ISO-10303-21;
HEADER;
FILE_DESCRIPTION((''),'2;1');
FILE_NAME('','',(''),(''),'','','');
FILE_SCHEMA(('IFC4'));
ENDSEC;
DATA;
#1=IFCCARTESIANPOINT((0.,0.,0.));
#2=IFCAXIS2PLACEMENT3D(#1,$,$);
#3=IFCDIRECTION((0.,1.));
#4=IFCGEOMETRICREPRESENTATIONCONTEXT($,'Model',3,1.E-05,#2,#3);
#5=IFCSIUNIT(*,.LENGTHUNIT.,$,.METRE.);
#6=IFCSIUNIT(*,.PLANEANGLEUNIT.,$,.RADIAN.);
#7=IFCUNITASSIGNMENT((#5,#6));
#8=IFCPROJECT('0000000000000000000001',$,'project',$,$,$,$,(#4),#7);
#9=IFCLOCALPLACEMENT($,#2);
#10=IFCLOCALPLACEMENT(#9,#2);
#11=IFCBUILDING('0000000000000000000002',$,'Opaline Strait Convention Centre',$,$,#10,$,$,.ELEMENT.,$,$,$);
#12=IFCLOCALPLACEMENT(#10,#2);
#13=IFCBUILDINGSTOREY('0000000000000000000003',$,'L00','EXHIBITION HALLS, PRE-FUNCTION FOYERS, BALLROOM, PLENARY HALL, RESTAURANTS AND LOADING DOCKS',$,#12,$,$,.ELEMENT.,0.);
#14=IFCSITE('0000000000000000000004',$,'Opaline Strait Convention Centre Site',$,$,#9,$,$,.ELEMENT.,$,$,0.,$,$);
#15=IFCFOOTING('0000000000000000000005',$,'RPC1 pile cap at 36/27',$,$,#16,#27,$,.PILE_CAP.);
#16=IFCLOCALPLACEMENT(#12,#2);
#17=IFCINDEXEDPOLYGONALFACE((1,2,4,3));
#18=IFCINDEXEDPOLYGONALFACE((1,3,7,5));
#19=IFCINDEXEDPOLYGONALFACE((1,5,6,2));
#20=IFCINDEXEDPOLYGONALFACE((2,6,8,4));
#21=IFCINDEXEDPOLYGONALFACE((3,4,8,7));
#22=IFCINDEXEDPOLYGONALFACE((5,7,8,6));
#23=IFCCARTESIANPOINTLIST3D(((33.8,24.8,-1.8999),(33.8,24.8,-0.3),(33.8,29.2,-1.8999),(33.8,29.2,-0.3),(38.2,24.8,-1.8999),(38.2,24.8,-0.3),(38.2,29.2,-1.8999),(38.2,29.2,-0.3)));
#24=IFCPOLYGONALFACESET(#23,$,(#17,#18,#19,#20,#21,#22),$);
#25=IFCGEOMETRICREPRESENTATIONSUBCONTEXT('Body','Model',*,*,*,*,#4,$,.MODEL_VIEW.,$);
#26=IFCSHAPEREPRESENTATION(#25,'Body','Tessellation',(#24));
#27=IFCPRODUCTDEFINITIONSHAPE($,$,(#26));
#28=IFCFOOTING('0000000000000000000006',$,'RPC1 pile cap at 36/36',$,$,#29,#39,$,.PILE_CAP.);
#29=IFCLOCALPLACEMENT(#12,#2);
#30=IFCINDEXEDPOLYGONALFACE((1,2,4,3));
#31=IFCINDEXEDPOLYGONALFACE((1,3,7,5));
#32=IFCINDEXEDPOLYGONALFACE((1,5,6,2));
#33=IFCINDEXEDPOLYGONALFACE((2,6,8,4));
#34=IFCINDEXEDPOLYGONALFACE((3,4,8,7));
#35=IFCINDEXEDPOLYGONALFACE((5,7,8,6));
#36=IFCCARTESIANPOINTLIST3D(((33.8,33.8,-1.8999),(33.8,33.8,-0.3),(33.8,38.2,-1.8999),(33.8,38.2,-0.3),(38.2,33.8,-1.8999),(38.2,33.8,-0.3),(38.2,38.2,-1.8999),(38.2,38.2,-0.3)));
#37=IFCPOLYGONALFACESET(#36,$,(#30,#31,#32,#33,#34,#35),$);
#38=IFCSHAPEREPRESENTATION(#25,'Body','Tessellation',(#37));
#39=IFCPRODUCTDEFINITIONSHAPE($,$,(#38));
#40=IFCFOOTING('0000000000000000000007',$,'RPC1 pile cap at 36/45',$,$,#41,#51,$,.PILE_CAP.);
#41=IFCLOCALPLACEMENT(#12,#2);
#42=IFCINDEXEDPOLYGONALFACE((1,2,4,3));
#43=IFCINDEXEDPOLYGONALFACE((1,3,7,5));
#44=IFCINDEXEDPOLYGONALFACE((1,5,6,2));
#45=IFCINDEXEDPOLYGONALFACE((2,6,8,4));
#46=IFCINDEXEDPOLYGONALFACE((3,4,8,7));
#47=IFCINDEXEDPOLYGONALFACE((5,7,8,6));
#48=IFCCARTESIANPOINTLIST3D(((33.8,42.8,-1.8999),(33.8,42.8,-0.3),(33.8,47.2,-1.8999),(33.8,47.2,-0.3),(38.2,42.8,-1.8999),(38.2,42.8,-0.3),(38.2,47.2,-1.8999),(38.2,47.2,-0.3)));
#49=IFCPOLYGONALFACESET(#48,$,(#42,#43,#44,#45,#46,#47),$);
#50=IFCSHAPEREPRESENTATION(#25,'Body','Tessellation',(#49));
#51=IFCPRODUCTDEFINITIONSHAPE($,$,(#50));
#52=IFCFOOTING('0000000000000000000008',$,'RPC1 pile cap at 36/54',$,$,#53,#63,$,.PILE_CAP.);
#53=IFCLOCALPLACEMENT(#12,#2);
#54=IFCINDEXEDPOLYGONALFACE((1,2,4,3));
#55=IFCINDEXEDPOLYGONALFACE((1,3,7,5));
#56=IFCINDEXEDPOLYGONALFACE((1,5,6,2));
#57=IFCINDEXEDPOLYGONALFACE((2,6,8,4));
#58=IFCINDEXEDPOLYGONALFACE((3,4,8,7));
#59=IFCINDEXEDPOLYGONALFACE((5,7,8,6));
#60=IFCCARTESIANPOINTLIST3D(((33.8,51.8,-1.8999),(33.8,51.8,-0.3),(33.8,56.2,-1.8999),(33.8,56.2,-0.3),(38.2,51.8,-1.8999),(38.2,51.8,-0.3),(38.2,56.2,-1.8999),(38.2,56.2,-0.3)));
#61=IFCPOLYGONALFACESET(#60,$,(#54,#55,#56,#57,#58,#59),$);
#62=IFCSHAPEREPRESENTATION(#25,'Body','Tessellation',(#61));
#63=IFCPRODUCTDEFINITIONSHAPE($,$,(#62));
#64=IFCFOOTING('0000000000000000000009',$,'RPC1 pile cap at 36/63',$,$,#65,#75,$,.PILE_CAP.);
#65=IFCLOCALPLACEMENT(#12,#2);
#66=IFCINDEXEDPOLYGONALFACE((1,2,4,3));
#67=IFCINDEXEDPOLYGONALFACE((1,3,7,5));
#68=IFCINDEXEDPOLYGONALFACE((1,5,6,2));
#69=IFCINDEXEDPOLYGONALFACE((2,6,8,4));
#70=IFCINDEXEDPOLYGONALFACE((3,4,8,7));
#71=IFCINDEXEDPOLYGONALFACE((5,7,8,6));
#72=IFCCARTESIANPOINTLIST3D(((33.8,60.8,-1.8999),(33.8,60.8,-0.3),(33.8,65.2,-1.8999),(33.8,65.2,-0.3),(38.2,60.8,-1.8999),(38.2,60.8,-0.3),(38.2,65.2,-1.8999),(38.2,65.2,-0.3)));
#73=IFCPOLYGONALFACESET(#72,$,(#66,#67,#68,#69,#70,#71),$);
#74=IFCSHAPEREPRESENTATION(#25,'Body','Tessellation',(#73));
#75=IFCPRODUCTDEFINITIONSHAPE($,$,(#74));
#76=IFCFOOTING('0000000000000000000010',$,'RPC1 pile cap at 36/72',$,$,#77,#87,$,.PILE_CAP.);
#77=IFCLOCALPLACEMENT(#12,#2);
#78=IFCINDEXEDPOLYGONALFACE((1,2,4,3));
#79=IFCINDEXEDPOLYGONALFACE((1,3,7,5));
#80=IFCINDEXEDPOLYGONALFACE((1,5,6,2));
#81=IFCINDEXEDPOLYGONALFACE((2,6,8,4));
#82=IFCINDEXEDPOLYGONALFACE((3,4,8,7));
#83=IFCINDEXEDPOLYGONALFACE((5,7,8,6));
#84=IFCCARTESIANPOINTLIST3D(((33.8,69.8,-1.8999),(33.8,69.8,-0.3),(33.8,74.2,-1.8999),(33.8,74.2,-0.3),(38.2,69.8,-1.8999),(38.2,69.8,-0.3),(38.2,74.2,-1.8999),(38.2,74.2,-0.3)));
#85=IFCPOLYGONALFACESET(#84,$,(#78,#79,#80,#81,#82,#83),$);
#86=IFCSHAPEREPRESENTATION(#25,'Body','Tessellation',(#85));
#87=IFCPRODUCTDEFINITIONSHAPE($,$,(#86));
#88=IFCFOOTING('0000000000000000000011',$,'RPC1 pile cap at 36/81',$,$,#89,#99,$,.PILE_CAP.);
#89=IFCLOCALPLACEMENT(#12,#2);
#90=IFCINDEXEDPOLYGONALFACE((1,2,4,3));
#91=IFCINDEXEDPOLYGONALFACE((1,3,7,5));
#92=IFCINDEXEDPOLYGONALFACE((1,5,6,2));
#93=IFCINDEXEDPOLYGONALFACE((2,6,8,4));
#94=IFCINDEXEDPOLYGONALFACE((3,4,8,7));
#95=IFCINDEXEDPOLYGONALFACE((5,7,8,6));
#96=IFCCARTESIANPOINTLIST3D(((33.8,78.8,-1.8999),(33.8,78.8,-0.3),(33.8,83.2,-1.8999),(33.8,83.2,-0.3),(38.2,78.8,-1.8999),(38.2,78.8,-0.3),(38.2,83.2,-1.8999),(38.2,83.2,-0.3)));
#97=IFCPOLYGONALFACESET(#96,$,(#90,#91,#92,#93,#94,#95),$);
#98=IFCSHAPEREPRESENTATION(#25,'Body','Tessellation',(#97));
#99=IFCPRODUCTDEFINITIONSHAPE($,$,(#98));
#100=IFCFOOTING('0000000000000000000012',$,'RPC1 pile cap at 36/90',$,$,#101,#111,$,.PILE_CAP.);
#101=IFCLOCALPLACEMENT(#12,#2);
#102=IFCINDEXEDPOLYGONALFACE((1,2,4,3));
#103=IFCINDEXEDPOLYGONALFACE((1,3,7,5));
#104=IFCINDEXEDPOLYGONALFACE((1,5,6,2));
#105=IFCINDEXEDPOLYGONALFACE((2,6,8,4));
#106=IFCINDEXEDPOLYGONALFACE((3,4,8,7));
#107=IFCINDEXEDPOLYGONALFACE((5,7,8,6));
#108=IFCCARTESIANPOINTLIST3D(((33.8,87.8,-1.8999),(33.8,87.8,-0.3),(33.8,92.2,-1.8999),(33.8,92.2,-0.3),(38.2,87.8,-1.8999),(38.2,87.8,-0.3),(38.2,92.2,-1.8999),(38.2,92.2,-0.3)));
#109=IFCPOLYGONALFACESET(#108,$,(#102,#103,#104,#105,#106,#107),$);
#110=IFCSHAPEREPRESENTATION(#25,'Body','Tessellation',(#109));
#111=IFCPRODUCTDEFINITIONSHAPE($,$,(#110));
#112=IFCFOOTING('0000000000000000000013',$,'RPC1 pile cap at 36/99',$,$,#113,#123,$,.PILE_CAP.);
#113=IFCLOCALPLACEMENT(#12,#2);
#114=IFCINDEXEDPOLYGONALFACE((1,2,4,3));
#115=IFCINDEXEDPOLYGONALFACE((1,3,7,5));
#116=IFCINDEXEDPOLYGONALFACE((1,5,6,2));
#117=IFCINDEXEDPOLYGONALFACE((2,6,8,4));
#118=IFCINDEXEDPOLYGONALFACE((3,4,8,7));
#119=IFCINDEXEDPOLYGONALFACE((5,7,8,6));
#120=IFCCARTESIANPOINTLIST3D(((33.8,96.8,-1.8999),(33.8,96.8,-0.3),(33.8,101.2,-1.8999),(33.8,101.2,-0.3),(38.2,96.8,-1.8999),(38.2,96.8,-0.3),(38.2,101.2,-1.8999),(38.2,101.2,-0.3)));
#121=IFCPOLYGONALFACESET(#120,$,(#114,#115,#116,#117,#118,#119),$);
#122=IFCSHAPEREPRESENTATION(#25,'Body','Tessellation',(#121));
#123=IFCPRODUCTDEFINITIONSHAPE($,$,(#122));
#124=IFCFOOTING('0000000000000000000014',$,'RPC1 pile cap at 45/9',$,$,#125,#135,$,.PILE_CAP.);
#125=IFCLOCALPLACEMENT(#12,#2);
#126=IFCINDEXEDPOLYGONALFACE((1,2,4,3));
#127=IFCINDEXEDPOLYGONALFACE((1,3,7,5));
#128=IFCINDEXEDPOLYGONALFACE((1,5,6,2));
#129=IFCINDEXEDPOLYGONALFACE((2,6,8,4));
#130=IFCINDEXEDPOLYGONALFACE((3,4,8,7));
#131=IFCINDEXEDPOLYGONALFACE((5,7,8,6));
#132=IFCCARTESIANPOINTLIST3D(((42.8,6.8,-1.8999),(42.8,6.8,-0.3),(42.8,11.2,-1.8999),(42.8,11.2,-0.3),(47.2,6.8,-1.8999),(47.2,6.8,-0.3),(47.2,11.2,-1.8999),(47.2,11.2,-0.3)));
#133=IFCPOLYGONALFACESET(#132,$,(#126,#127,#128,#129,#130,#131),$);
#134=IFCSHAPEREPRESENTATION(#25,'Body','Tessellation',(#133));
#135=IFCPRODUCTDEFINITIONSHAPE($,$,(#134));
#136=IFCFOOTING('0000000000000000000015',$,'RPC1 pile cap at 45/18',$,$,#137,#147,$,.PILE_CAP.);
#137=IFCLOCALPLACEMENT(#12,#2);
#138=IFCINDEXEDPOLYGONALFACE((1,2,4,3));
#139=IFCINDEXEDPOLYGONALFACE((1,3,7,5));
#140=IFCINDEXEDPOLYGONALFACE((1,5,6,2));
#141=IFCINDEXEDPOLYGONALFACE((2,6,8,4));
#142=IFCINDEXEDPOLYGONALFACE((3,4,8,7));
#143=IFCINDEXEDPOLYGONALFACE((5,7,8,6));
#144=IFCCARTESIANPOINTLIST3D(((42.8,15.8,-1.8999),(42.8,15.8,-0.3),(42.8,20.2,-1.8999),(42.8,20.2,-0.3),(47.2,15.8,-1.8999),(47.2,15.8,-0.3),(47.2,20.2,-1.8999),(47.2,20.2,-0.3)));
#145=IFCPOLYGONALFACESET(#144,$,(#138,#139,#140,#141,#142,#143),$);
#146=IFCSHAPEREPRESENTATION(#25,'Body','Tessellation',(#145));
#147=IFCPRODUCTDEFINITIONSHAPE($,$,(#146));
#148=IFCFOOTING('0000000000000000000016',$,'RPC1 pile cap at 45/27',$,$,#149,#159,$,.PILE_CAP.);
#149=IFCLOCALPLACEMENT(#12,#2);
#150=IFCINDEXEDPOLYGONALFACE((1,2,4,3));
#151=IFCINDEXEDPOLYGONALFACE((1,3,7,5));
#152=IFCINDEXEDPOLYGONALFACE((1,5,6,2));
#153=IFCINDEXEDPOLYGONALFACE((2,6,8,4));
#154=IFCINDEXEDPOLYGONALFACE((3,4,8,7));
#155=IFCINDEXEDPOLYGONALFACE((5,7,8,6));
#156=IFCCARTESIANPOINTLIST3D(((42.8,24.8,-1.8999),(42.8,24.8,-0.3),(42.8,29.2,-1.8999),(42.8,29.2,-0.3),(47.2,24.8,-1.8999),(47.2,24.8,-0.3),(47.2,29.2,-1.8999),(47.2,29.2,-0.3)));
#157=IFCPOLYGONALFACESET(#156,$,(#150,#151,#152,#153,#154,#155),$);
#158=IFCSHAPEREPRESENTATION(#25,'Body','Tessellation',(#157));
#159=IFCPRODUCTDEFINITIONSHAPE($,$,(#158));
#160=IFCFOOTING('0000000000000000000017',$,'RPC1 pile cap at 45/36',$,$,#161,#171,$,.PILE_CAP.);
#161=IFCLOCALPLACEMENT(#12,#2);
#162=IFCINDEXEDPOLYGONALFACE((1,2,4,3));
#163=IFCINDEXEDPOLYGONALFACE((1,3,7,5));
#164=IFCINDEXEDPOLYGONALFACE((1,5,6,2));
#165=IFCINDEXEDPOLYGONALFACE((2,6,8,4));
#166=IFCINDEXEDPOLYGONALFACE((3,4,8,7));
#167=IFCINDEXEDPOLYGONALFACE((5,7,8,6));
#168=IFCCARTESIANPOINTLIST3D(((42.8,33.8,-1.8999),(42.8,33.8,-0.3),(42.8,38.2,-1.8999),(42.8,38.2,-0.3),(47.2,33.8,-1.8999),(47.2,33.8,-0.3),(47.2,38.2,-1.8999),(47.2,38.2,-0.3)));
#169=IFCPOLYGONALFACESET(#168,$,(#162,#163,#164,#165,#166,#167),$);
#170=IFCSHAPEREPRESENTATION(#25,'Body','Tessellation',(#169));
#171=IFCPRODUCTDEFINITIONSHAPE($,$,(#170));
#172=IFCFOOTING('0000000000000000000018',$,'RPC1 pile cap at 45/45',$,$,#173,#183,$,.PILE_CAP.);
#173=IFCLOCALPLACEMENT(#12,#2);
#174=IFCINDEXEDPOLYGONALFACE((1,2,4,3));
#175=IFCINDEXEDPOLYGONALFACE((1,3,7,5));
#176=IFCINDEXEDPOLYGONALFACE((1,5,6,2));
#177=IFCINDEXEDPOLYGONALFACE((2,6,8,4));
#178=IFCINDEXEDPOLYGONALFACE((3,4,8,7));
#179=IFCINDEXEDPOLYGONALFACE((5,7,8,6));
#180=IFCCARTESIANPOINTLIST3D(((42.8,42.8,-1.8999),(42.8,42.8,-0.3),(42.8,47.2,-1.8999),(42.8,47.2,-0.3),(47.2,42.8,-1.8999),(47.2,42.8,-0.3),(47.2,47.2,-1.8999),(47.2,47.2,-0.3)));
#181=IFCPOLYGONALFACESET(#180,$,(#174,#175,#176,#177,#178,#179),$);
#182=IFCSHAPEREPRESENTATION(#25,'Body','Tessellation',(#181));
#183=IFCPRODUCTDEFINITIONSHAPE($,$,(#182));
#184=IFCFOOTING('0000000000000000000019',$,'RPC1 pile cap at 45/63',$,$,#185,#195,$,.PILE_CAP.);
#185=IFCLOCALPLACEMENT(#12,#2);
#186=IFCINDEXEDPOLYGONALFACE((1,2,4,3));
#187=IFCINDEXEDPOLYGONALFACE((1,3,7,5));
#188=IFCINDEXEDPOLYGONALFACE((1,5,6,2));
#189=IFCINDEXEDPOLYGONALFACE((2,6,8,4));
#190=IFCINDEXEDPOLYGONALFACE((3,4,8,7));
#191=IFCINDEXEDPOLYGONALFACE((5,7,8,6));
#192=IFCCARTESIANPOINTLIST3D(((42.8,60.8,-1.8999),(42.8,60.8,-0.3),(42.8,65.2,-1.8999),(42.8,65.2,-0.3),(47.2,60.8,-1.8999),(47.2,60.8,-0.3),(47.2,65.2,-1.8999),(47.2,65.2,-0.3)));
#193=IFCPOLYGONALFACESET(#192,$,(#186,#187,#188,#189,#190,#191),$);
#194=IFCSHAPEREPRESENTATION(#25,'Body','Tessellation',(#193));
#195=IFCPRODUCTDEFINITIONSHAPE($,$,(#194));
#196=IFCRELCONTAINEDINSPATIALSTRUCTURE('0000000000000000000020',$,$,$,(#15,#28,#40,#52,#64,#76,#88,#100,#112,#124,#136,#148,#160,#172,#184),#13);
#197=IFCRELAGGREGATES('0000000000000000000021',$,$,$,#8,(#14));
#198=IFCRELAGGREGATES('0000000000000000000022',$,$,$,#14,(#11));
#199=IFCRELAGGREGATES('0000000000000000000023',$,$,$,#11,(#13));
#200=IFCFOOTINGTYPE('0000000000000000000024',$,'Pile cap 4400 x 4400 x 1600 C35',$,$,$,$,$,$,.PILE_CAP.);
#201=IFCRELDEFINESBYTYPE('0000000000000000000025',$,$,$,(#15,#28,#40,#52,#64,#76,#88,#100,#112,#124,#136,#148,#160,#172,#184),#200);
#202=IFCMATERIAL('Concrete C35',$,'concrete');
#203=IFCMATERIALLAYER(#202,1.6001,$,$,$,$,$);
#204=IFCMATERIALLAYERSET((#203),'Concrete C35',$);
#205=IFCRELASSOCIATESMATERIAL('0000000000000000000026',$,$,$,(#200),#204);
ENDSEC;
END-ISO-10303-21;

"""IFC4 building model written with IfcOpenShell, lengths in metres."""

from ifc_helpers import new_model, si_unit, direction, frame, origin, place, context, subcontext, project, spatial, polyline, outline, extrude, material, layer, layer_set, type_object, element, save


model = new_model("IFC4")

# Units and contexts
model_context = context("Model", 3, precision=1e-05, world=origin(), true_north=direction((0.0, 1.0)))
body_context = subcontext(model_context, "Body", "Model", "MODEL_VIEW")
ifc_project = project(units=[si_unit("LENGTHUNIT", "METRE"), si_unit("PLANEANGLEUNIT", "RADIAN")], contexts=[model_context])

# Site, building, storey
site_placement = place(None, origin())
site = spatial("IfcSite", under=ifc_project, at=site_placement, Name="Opaline Strait Convention Centre Site", CompositionType="ELEMENT", RefElevation=0.0)
building_placement = place(site_placement, origin())
building = spatial("IfcBuilding", under=site, at=building_placement, Name="Opaline Strait Convention Centre", CompositionType="ELEMENT")
storey_placement = place(building_placement, origin())
storey = spatial("IfcBuildingStorey", under=building, at=storey_placement, Name="L00", Description="EXHIBITION HALLS, PRE-FUNCTION FOYERS, BALLROOM, PLENARY HALL, RESTAURANTS AND LOADING DOCKS", CompositionType="ELEMENT", Elevation=0.0)

# Footings
ifc_material = material(Name="Concrete C35", Category="concrete")
ifc_layer = layer(ifc_material, 1.6001)
ifc_layer_set = layer_set([ifc_layer], Name="Concrete C35")
footing_type = type_object("IfcFootingType", Name="Pile cap 4400 x 4400 x 1600 C35", PredefinedType="PILE_CAP", material=ifc_layer_set)
footing_1_placement = place(storey_placement, frame((0.0, 0.0, -1.8999)))
element("IfcFooting", 1, at=footing_1_placement, inside=storey, type_object=footing_type, Name="RPC1 pile cap at 36/27", PredefinedType="PILE_CAP", context=body_context, shape_type="SweptSolid", body=[
    extrude(outline(polyline([(33.8, 24.8), (38.2, 24.8), (38.2, 29.2), (33.8, 29.2), (33.8, 24.8)])), origin(), (0.0, 0.0, 1.0), 1.5999),
])
footing_2_placement = place(storey_placement, frame((0.0, 0.0, -1.8999)))
element("IfcFooting", 2, at=footing_2_placement, inside=storey, type_object=footing_type, Name="RPC1 pile cap at 36/36", PredefinedType="PILE_CAP", context=body_context, shape_type="SweptSolid", body=[
    extrude(outline(polyline([(33.8, 33.8), (38.2, 33.8), (38.2, 38.2), (33.8, 38.2), (33.8, 33.8)])), origin(), (0.0, 0.0, 1.0), 1.5999),
])
footing_3_placement = place(storey_placement, frame((0.0, 0.0, -1.8999)))
element("IfcFooting", 3, at=footing_3_placement, inside=storey, type_object=footing_type, Name="RPC1 pile cap at 36/45", PredefinedType="PILE_CAP", context=body_context, shape_type="SweptSolid", body=[
    extrude(outline(polyline([(33.8, 42.8), (38.2, 42.8), (38.2, 47.2), (33.8, 47.2), (33.8, 42.8)])), origin(), (0.0, 0.0, 1.0), 1.5999),
])
footing_4_placement = place(storey_placement, frame((0.0, 0.0, -1.8999)))
element("IfcFooting", 4, at=footing_4_placement, inside=storey, type_object=footing_type, Name="RPC1 pile cap at 36/54", PredefinedType="PILE_CAP", context=body_context, shape_type="SweptSolid", body=[
    extrude(outline(polyline([(33.8, 51.8), (38.2, 51.8), (38.2, 56.2), (33.8, 56.2), (33.8, 51.8)])), origin(), (0.0, 0.0, 1.0), 1.5999),
])
footing_5_placement = place(storey_placement, frame((0.0, 0.0, -1.8999)))
element("IfcFooting", 5, at=footing_5_placement, inside=storey, type_object=footing_type, Name="RPC1 pile cap at 36/63", PredefinedType="PILE_CAP", context=body_context, shape_type="SweptSolid", body=[
    extrude(outline(polyline([(33.8, 60.8), (38.2, 60.8), (38.2, 65.2), (33.8, 65.2), (33.8, 60.8)])), origin(), (0.0, 0.0, 1.0), 1.5999),
])
footing_6_placement = place(storey_placement, frame((0.0, 0.0, -1.8999)))
element("IfcFooting", 6, at=footing_6_placement, inside=storey, type_object=footing_type, Name="RPC1 pile cap at 36/72", PredefinedType="PILE_CAP", context=body_context, shape_type="SweptSolid", body=[
    extrude(outline(polyline([(33.8, 69.8), (38.2, 69.8), (38.2, 74.2), (33.8, 74.2), (33.8, 69.8)])), origin(), (0.0, 0.0, 1.0), 1.5999),
])
footing_7_placement = place(storey_placement, frame((0.0, 0.0, -1.8999)))
element("IfcFooting", 7, at=footing_7_placement, inside=storey, type_object=footing_type, Name="RPC1 pile cap at 36/81", PredefinedType="PILE_CAP", context=body_context, shape_type="SweptSolid", body=[
    extrude(outline(polyline([(33.8, 78.8), (38.2, 78.8), (38.2, 83.2), (33.8, 83.2), (33.8, 78.8)])), origin(), (0.0, 0.0, 1.0), 1.5999),
])
footing_8_placement = place(storey_placement, frame((0.0, 0.0, -1.8999)))
element("IfcFooting", 8, at=footing_8_placement, inside=storey, type_object=footing_type, Name="RPC1 pile cap at 36/90", PredefinedType="PILE_CAP", context=body_context, shape_type="SweptSolid", body=[
    extrude(outline(polyline([(33.8, 87.8), (38.2, 87.8), (38.2, 92.2), (33.8, 92.2), (33.8, 87.8)])), origin(), (0.0, 0.0, 1.0), 1.5999),
])
footing_9_placement = place(storey_placement, frame((0.0, 0.0, -1.8999)))
element("IfcFooting", 9, at=footing_9_placement, inside=storey, type_object=footing_type, Name="RPC1 pile cap at 36/99", PredefinedType="PILE_CAP", context=body_context, shape_type="SweptSolid", body=[
    extrude(outline(polyline([(33.8, 96.8), (38.2, 96.8), (38.2, 101.2), (33.8, 101.2), (33.8, 96.8)])), origin(), (0.0, 0.0, 1.0), 1.5999),
])
footing_10_placement = place(storey_placement, frame((0.0, 0.0, -1.8999)))
element("IfcFooting", 10, at=footing_10_placement, inside=storey, type_object=footing_type, Name="RPC1 pile cap at 45/9", PredefinedType="PILE_CAP", context=body_context, shape_type="SweptSolid", body=[
    extrude(outline(polyline([(42.8, 6.8), (47.2, 6.8), (47.2, 11.2), (42.8, 11.2), (42.8, 6.8)])), origin(), (0.0, 0.0, 1.0), 1.5999),
])
footing_11_placement = place(storey_placement, frame((0.0, 0.0, -1.8999)))
element("IfcFooting", 11, at=footing_11_placement, inside=storey, type_object=footing_type, Name="RPC1 pile cap at 45/18", PredefinedType="PILE_CAP", context=body_context, shape_type="SweptSolid", body=[
    extrude(outline(polyline([(42.8, 15.8), (47.2, 15.8), (47.2, 20.2), (42.8, 20.2), (42.8, 15.8)])), origin(), (0.0, 0.0, 1.0), 1.5999),
])
footing_12_placement = place(storey_placement, frame((0.0, 0.0, -1.8999)))
element("IfcFooting", 12, at=footing_12_placement, inside=storey, type_object=footing_type, Name="RPC1 pile cap at 45/27", PredefinedType="PILE_CAP", context=body_context, shape_type="SweptSolid", body=[
    extrude(outline(polyline([(42.8, 24.8), (47.2, 24.8), (47.2, 29.2), (42.8, 29.2), (42.8, 24.8)])), origin(), (0.0, 0.0, 1.0), 1.5999),
])
footing_13_placement = place(storey_placement, frame((0.0, 0.0, -1.8999)))
element("IfcFooting", 13, at=footing_13_placement, inside=storey, type_object=footing_type, Name="RPC1 pile cap at 45/36", PredefinedType="PILE_CAP", context=body_context, shape_type="SweptSolid", body=[
    extrude(outline(polyline([(42.8, 33.8), (47.2, 33.8), (47.2, 38.2), (42.8, 38.2), (42.8, 33.8)])), origin(), (0.0, 0.0, 1.0), 1.5999),
])
footing_14_placement = place(storey_placement, frame((0.0, 0.0, -1.8999)))
element("IfcFooting", 14, at=footing_14_placement, inside=storey, type_object=footing_type, Name="RPC1 pile cap at 45/45", PredefinedType="PILE_CAP", context=body_context, shape_type="SweptSolid", body=[
    extrude(outline(polyline([(42.8, 42.8), (47.2, 42.8), (47.2, 47.2), (42.8, 47.2), (42.8, 42.8)])), origin(), (0.0, 0.0, 1.0), 1.5999),
])
footing_15_placement = place(storey_placement, frame((0.0, 0.0, -1.8999)))
element("IfcFooting", 15, at=footing_15_placement, inside=storey, type_object=footing_type, Name="RPC1 pile cap at 45/63", PredefinedType="PILE_CAP", context=body_context, shape_type="SweptSolid", body=[
    extrude(outline(polyline([(42.8, 60.8), (47.2, 60.8), (47.2, 65.2), (42.8, 65.2), (42.8, 60.8)])), origin(), (0.0, 0.0, 1.0), 1.5999),
])

save(model, "model.ifc")
